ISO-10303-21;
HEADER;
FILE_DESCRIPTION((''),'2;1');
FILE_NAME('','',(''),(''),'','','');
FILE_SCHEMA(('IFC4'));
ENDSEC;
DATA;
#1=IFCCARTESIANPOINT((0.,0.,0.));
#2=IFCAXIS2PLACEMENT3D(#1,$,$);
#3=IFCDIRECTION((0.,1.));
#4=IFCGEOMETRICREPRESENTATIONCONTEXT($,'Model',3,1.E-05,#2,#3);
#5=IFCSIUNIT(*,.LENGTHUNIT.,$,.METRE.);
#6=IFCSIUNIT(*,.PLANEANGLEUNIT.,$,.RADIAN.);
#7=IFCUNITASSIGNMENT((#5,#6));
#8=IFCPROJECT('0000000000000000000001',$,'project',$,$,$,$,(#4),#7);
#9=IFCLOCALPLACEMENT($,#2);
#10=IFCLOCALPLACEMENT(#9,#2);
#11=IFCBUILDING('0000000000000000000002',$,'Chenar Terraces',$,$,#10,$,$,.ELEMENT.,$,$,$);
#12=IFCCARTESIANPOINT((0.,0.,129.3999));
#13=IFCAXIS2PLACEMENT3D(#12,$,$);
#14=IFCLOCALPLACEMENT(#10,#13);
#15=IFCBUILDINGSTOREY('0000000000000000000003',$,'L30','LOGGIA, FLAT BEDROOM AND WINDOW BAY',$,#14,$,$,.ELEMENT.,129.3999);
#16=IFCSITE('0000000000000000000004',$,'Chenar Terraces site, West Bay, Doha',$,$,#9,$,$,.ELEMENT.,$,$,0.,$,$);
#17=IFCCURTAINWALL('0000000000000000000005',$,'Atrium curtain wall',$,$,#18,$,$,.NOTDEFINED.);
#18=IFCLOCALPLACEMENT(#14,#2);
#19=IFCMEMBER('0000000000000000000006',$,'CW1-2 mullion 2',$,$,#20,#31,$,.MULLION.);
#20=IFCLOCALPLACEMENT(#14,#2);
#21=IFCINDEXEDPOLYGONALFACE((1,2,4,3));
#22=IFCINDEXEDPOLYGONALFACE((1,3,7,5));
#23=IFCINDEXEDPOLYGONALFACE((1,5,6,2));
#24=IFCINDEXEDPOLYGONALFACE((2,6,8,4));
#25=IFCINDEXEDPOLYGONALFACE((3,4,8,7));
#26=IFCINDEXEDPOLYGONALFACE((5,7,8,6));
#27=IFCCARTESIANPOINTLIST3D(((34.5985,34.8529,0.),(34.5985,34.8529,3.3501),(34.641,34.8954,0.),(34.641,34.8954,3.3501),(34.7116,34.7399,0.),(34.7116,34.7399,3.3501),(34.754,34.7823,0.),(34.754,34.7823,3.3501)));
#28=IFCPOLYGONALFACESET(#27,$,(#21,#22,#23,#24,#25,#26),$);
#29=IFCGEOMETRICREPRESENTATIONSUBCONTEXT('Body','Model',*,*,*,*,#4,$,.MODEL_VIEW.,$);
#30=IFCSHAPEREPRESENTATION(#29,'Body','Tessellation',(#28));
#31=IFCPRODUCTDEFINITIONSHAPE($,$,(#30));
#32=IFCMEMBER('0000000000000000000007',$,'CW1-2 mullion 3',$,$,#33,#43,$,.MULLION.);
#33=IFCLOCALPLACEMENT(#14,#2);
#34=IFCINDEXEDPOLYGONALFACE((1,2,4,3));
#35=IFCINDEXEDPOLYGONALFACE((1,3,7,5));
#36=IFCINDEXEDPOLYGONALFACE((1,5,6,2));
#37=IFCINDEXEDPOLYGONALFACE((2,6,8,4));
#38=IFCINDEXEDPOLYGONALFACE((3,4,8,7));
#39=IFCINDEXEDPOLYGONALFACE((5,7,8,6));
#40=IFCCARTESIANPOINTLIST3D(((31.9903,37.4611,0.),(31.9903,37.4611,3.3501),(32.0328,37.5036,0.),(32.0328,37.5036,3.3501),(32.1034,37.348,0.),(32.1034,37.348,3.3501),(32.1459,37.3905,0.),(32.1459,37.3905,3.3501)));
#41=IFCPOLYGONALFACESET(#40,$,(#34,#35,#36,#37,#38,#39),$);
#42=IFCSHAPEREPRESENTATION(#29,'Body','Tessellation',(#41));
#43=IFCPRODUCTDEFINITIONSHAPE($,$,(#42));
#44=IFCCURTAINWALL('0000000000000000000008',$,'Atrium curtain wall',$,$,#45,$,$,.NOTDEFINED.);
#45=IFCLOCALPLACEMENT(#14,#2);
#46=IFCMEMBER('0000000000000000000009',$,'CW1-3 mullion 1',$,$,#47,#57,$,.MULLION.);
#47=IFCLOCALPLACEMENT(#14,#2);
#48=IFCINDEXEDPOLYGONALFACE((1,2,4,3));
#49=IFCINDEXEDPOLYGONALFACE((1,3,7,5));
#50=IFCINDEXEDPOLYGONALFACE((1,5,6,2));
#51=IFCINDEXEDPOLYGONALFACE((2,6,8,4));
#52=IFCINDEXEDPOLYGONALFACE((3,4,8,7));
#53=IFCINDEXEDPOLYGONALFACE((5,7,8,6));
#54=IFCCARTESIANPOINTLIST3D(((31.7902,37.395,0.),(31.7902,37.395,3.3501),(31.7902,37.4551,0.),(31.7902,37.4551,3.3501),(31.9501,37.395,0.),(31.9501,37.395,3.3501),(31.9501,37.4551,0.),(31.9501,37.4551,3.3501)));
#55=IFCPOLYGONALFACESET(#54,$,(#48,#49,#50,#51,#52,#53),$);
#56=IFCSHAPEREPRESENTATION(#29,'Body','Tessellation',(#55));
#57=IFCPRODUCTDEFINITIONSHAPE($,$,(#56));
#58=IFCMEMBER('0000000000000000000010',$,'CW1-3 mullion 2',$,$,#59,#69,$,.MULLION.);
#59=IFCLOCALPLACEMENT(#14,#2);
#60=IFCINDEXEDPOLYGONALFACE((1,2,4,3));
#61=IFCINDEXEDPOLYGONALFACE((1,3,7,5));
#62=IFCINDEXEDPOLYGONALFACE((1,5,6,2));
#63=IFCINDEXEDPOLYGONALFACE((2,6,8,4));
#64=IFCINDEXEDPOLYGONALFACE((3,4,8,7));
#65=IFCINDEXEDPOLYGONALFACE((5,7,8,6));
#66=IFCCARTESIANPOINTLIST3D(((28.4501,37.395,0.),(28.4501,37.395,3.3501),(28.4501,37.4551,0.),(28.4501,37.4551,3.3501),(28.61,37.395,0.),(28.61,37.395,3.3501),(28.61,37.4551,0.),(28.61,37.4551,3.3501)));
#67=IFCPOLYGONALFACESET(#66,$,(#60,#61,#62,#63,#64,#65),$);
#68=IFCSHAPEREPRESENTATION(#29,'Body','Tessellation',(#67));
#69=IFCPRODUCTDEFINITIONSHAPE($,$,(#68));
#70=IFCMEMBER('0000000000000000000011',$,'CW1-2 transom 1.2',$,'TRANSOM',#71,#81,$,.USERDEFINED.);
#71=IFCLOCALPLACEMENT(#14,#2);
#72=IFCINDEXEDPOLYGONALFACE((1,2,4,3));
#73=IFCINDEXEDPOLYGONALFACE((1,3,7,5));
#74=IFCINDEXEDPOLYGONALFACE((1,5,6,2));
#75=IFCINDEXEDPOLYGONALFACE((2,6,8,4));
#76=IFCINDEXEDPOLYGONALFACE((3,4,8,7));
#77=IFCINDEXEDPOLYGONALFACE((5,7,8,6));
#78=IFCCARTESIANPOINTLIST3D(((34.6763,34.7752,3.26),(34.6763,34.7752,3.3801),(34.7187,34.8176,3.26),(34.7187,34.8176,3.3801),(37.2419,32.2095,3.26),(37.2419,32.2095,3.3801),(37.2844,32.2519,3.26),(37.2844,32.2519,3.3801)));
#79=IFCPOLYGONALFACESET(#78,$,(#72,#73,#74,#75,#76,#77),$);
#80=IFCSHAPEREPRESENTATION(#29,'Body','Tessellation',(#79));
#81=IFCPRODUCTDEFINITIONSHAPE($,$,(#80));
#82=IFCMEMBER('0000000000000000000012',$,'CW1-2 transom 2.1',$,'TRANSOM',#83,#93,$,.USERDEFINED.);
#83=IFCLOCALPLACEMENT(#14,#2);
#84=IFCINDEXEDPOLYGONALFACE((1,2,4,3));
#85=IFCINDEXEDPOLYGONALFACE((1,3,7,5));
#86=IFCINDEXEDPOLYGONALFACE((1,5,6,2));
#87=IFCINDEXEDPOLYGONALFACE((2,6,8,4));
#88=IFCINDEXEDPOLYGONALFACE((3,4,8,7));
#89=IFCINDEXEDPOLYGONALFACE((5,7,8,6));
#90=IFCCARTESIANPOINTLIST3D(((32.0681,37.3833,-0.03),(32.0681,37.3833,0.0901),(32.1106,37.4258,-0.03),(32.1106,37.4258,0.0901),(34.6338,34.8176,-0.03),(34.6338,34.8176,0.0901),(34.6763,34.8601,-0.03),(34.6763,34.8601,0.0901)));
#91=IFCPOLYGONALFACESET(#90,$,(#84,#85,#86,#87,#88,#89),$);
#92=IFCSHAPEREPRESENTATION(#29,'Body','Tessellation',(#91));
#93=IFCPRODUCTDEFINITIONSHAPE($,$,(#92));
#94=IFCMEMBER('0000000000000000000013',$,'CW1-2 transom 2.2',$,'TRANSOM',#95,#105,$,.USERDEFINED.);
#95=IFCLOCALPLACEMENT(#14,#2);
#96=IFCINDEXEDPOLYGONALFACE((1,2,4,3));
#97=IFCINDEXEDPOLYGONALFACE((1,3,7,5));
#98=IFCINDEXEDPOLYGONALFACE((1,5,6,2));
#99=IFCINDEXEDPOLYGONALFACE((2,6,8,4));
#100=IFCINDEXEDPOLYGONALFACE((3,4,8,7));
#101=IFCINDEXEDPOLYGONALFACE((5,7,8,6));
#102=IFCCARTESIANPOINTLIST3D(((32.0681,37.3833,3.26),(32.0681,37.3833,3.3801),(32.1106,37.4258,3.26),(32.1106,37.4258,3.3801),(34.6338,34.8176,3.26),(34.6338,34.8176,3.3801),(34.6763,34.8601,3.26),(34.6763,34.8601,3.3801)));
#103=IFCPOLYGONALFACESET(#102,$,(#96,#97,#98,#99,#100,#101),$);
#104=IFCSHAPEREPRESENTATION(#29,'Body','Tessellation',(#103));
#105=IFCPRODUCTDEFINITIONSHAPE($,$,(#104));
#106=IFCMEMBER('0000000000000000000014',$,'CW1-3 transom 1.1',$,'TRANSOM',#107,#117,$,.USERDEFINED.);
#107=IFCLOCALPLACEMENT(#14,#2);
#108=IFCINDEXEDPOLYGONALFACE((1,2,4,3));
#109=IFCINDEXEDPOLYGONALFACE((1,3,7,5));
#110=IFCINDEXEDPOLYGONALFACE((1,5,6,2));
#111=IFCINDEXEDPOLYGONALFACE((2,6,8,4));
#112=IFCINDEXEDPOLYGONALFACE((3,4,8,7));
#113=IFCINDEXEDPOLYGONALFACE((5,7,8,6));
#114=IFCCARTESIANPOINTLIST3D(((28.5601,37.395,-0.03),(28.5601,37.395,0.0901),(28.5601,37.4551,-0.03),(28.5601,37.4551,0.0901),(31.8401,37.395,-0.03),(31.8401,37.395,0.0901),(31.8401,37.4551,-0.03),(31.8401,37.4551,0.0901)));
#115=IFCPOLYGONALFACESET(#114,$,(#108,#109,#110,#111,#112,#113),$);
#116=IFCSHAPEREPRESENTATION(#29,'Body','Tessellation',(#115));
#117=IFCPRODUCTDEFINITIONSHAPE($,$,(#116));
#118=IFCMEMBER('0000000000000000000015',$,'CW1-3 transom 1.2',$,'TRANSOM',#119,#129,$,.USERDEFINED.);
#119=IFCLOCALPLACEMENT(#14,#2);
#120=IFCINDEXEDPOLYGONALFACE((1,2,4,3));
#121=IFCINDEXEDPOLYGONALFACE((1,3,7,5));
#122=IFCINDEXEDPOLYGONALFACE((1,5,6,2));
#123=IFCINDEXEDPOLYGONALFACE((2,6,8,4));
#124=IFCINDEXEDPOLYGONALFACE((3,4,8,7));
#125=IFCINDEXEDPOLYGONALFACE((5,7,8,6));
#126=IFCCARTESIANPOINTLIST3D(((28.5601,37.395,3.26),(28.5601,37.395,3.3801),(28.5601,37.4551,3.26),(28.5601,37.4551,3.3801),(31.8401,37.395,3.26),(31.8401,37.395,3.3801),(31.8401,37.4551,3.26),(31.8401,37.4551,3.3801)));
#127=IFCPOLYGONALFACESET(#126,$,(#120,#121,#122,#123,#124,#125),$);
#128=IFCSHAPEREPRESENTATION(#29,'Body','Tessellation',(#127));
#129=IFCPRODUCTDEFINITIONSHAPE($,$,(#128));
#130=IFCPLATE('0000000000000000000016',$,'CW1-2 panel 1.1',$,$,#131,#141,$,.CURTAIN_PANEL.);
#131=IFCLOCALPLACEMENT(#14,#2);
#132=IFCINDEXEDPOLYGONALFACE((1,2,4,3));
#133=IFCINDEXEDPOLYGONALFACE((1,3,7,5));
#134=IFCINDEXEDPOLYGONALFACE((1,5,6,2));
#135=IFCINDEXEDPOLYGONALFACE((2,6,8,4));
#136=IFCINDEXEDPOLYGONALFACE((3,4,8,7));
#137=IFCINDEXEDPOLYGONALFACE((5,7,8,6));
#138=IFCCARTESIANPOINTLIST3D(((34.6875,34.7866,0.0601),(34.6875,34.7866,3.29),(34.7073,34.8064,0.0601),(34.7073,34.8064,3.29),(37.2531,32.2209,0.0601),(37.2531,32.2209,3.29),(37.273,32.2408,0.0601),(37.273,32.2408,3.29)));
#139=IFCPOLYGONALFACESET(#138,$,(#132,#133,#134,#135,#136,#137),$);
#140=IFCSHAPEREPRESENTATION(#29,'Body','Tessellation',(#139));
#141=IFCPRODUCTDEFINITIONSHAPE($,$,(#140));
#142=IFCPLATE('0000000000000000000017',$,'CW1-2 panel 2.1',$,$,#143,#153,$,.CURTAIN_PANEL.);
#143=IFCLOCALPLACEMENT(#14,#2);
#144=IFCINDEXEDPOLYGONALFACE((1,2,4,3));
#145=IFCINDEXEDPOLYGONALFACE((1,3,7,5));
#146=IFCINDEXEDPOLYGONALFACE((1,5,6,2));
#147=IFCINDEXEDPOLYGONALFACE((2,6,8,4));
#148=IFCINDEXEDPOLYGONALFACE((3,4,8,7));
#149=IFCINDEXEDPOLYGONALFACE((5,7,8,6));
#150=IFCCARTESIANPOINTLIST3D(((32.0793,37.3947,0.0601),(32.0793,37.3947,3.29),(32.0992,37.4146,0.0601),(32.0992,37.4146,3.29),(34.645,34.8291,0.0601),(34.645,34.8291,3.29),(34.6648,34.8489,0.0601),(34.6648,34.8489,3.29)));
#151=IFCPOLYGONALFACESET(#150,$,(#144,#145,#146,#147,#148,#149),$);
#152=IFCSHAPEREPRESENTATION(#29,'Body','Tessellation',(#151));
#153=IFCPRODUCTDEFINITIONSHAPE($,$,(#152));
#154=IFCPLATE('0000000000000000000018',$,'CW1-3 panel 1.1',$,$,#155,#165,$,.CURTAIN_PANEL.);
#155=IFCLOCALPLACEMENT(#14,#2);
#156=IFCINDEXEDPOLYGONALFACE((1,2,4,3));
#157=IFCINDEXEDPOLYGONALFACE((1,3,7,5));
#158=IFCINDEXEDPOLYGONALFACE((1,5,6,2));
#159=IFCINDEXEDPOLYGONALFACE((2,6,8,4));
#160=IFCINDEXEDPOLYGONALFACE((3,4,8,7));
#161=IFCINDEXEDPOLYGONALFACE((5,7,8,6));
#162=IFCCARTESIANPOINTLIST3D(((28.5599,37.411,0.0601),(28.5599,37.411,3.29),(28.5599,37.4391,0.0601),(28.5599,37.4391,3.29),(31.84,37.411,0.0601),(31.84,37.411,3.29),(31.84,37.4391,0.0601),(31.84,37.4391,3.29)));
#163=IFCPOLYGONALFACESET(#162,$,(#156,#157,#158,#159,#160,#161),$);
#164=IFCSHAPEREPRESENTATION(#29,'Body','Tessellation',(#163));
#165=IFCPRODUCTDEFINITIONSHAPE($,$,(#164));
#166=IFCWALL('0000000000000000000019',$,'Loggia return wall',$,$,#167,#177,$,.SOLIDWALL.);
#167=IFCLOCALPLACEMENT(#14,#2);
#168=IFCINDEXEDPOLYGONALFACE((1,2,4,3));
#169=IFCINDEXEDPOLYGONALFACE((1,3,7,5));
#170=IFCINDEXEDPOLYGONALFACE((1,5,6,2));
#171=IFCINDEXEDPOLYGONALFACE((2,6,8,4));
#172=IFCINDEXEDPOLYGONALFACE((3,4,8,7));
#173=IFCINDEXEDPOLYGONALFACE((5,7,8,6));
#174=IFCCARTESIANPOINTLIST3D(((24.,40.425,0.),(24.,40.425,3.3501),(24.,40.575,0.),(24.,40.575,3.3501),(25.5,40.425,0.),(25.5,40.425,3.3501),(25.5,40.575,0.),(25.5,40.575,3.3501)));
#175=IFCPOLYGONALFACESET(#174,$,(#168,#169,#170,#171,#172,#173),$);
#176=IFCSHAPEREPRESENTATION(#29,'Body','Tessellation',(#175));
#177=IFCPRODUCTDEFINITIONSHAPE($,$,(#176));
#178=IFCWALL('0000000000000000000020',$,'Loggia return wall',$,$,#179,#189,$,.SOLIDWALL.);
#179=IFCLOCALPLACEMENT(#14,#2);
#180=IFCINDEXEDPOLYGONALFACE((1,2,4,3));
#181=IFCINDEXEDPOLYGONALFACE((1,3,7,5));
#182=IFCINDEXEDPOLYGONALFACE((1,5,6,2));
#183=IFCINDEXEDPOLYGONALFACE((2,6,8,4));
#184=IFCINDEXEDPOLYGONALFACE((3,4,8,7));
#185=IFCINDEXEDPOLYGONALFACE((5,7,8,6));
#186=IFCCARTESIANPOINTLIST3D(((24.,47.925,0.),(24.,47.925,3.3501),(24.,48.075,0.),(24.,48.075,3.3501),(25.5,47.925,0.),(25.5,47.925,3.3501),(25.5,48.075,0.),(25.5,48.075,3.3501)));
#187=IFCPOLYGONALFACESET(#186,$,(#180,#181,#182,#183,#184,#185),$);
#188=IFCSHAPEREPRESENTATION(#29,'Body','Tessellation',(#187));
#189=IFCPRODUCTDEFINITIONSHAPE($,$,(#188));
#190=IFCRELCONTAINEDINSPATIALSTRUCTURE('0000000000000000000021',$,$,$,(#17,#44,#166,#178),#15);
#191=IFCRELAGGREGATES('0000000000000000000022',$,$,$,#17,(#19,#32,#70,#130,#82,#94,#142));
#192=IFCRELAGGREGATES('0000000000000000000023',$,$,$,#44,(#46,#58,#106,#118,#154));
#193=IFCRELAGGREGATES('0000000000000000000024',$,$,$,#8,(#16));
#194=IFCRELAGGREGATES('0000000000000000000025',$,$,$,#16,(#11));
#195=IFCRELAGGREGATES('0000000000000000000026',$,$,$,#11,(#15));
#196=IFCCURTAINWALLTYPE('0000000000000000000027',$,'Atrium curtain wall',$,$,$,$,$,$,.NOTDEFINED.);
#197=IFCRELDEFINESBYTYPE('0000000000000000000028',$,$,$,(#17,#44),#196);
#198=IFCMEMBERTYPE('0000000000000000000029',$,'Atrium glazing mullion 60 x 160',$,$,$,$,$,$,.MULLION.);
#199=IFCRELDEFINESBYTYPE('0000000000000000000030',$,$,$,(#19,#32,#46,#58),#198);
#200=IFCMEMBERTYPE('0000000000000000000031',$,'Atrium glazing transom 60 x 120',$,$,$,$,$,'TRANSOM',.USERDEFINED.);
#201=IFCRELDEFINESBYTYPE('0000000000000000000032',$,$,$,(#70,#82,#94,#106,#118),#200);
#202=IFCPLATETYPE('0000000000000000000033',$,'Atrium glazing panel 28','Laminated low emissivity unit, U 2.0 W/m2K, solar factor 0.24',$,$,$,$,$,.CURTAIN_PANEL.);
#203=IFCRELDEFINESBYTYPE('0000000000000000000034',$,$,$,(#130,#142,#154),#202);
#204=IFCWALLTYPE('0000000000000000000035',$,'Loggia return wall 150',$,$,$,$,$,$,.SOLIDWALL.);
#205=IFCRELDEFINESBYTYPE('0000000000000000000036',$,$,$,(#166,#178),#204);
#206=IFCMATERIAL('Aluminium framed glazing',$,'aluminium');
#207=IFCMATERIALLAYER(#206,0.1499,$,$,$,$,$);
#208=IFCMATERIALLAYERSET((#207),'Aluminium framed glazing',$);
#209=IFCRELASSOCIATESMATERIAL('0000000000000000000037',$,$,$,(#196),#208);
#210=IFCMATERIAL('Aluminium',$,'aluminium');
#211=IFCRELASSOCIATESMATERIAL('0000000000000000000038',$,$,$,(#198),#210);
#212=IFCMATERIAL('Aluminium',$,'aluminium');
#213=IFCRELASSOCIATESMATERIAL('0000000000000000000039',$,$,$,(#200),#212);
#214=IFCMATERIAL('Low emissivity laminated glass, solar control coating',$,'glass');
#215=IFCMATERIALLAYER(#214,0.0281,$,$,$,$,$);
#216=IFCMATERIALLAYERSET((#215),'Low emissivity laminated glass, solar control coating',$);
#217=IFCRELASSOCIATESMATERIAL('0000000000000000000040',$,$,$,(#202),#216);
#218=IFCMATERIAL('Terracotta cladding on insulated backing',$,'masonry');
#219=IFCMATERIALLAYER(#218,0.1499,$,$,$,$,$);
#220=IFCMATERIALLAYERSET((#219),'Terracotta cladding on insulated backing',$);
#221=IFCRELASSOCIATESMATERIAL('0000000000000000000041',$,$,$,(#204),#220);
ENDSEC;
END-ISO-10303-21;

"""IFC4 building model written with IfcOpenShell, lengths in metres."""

from ifc_helpers import new_model, si_unit, direction, frame, frame_2d, origin, origin_2d, place, context, subcontext, project, spatial, rectangle, extrude, material, layer, layer_set, material_profile, profile_set, type_object, element, aggregate, save


model = new_model("IFC4")

# Units and contexts
model_context = context("Model", 3, precision=1e-05, world=origin(), true_north=direction((0.0, 1.0)))
body_context = subcontext(model_context, "Body", "Model", "MODEL_VIEW")
ifc_project = project(units=[si_unit("LENGTHUNIT", "METRE"), si_unit("PLANEANGLEUNIT", "RADIAN")], contexts=[model_context])

# Site, building, storey
site_placement = place(None, origin())
site = spatial("IfcSite", under=ifc_project, at=site_placement, Name="Chenar Terraces site, West Bay, Doha", CompositionType="ELEMENT", RefElevation=0.0)
building_placement = place(site_placement, origin())
building = spatial("IfcBuilding", under=site, at=building_placement, Name="Chenar Terraces", CompositionType="ELEMENT")
storey_placement = place(building_placement, frame((0.0, 0.0, 129.3999)))
storey = spatial("IfcBuildingStorey", under=building, at=storey_placement, Name="L30", Description="LOGGIA, FLAT BEDROOM AND WINDOW BAY", CompositionType="ELEMENT", Elevation=129.3999)

# Curtain walls, members
ifc_material_1 = material(Name="Aluminium framed glazing", Category="aluminium")
ifc_layer_1 = layer(ifc_material_1, 0.1499)
ifc_layer_set_1 = layer_set([ifc_layer_1], Name="Aluminium framed glazing")
curtain_wall_type = type_object("IfcCurtainWallType", Name="Atrium curtain wall", PredefinedType="NOTDEFINED", material=ifc_layer_set_1)
placement = place(storey_placement, origin())
curtain_wall_1 = element("IfcCurtainWall", 1, at=placement, inside=storey, type_object=curtain_wall_type, Name="Atrium curtain wall", PredefinedType="NOTDEFINED")
ifc_material_2 = material(Name="Aluminium", Category="aluminium")
ifc_material_profile_1 = material_profile(ifc_material_2, rectangle(XDim=0.0601, YDim=0.1599, at=origin_2d()), Name="Atrium glazing mullion 60 x 160")
ifc_profile_set_1 = profile_set([ifc_material_profile_1], Name="Aluminium")
member_type_1 = type_object("IfcMemberType", Name="Atrium glazing mullion 60 x 160", PredefinedType="MULLION", material=ifc_profile_set_1)
member_1_placement = place(storey_placement, frame((34.6763, 34.8176, 0.0), z_axis=(0.0, 0.0, 1.0), x_axis=(-0.707107, -0.707107, 0.0)))
member_1 = element("IfcMember", 2, at=member_1_placement, type_object=member_type_1, Name="CW1-2 mullion 2", PredefinedType="MULLION", context=body_context, shape_type="SweptSolid", body=[
    extrude(rectangle(XDim=0.0601, YDim=0.1599, at=origin_2d()), origin(), (0.0, 0.0, 1.0), 3.3501),
])
member_2_placement = place(storey_placement, frame((32.0681, 37.4258, 0.0), z_axis=(0.0, 0.0, 1.0), x_axis=(-0.707107, -0.707107, 0.0)))
member_2 = element("IfcMember", 3, at=member_2_placement, type_object=member_type_1, Name="CW1-2 mullion 3", PredefinedType="MULLION", context=body_context, shape_type="SweptSolid", body=[
    extrude(rectangle(XDim=0.0601, YDim=0.1599, at=origin_2d()), origin(), (0.0, 0.0, 1.0), 3.3501),
])
curtain_wall_2 = element("IfcCurtainWall", 4, at=placement, inside=storey, type_object=curtain_wall_type, Name="Atrium curtain wall", PredefinedType="NOTDEFINED")
member_3_placement = place(storey_placement, frame((31.8701, 37.425, 0.0), z_axis=(0.0, 0.0, 1.0), x_axis=(0.0, -1.0, 0.0)))
member_3 = element("IfcMember", 5, at=member_3_placement, type_object=member_type_1, Name="CW1-3 mullion 1", PredefinedType="MULLION", context=body_context, shape_type="SweptSolid", body=[
    extrude(rectangle(XDim=0.0601, YDim=0.1599, at=origin_2d()), origin(), (0.0, 0.0, 1.0), 3.3501),
])
member_4_placement = place(storey_placement, frame((28.53, 37.425, 0.0), z_axis=(0.0, 0.0, 1.0), x_axis=(0.0, -1.0, 0.0)))
member_4 = element("IfcMember", 6, at=member_4_placement, type_object=member_type_1, Name="CW1-3 mullion 2", PredefinedType="MULLION", context=body_context, shape_type="SweptSolid", body=[
    extrude(rectangle(XDim=0.0601, YDim=0.1599, at=origin_2d()), origin(), (0.0, 0.0, 1.0), 3.3501),
])

# Members
ifc_material_3 = material(Name="Aluminium", Category="aluminium")
ifc_material_profile_2 = material_profile(ifc_material_3, rectangle(XDim=0.0601, YDim=0.1201, at=origin_2d()), Name="Atrium glazing transom 60 x 120")
ifc_profile_set_2 = profile_set([ifc_material_profile_2], Name="Aluminium")
member_type_2 = type_object("IfcMemberType", Name="Atrium glazing transom 60 x 120", ElementType="TRANSOM", PredefinedType="USERDEFINED", material=ifc_profile_set_2)
member_5_placement = place(storey_placement, frame((37.2632, 32.2307, 3.3201), z_axis=(-0.707107, 0.707107, 0.0), x_axis=(-0.707107, -0.707107, 0.0)))
member_5 = element("IfcMember", 7, at=member_5_placement, type_object=member_type_2, Name="CW1-2 transom 1.2", ObjectType="TRANSOM", PredefinedType="USERDEFINED", context=body_context, shape_type="SweptSolid", body=[
    extrude(rectangle(XDim=0.0601, YDim=0.1201, at=origin_2d()), origin(), (0.0, 0.0, 1.0), 3.6284),
])
member_6_placement = place(storey_placement, frame((34.655, 34.8389, 0.03), z_axis=(-0.707107, 0.707107, 0.0), x_axis=(-0.707107, -0.707107, 0.0)))
member_6 = element("IfcMember", 8, at=member_6_placement, type_object=member_type_2, Name="CW1-2 transom 2.1", ObjectType="TRANSOM", PredefinedType="USERDEFINED", context=body_context, shape_type="SweptSolid", body=[
    extrude(rectangle(XDim=0.0601, YDim=0.1201, at=origin_2d()), origin(), (0.0, 0.0, 1.0), 3.6284),
])
member_7_placement = place(storey_placement, frame((34.655, 34.8389, 3.3201), z_axis=(-0.707107, 0.707107, 0.0), x_axis=(-0.707107, -0.707107, 0.0)))
member_7 = element("IfcMember", 9, at=member_7_placement, type_object=member_type_2, Name="CW1-2 transom 2.2", ObjectType="TRANSOM", PredefinedType="USERDEFINED", context=body_context, shape_type="SweptSolid", body=[
    extrude(rectangle(XDim=0.0601, YDim=0.1201, at=origin_2d()), origin(), (0.0, 0.0, 1.0), 3.6284),
])
member_8_placement = place(storey_placement, frame((31.8401, 37.425, 0.03), z_axis=(-1.0, 0.0, 0.0), x_axis=(0.0, -1.0, 0.0)))
member_8 = element("IfcMember", 10, at=member_8_placement, type_object=member_type_2, Name="CW1-3 transom 1.1", ObjectType="TRANSOM", PredefinedType="USERDEFINED", context=body_context, shape_type="SweptSolid", body=[
    extrude(rectangle(XDim=0.0601, YDim=0.1201, at=origin_2d()), origin(), (0.0, 0.0, 1.0), 3.28),
])
member_9_placement = place(storey_placement, frame((31.8401, 37.425, 3.3201), z_axis=(-1.0, 0.0, 0.0), x_axis=(0.0, -1.0, 0.0)))
member_9 = element("IfcMember", 11, at=member_9_placement, type_object=member_type_2, Name="CW1-3 transom 1.2", ObjectType="TRANSOM", PredefinedType="USERDEFINED", context=body_context, shape_type="SweptSolid", body=[
    extrude(rectangle(XDim=0.0601, YDim=0.1201, at=origin_2d()), origin(), (0.0, 0.0, 1.0), 3.28),
])

# Plates
ifc_material_4 = material(Name="Low emissivity laminated glass, solar control coating", Category="glass")
ifc_layer_2 = layer(ifc_material_4, 0.0281)
ifc_layer_set_2 = layer_set([ifc_layer_2], Name="Low emissivity laminated glass, solar control coating")
plate_type = type_object("IfcPlateType", Name="Atrium glazing panel 28", Description="Laminated low emissivity unit, U 2.0 W/m2K, solar factor 0.24", PredefinedType="CURTAIN_PANEL", material=ifc_layer_set_2)
plate_1_placement = place(storey_placement, frame((35.9802, 33.5137, 0.0601), z_axis=(0.0, 0.0, 1.0), x_axis=(-0.707107, 0.707107, 0.0)))
plate_1 = element("IfcPlate", 12, at=plate_1_placement, type_object=plate_type, Name="CW1-2 panel 1.1", PredefinedType="CURTAIN_PANEL", context=body_context, shape_type="SweptSolid", body=[
    extrude(rectangle(XDim=3.6284, YDim=0.0281, at=origin_2d()), origin(), (0.0, 0.0, 1.0), 3.23),
])
plate_2_placement = place(storey_placement, frame((33.3721, 36.1218, 0.0601), z_axis=(0.0, 0.0, 1.0), x_axis=(-0.707107, 0.707107, 0.0)))
plate_2 = element("IfcPlate", 13, at=plate_2_placement, type_object=plate_type, Name="CW1-2 panel 2.1", PredefinedType="CURTAIN_PANEL", context=body_context, shape_type="SweptSolid", body=[
    extrude(rectangle(XDim=3.6284, YDim=0.0281, at=origin_2d()), origin(), (0.0, 0.0, 1.0), 3.23),
])
aggregate(curtain_wall_1, [member_1, member_2, member_5, plate_1, member_6, member_7, plate_2])
plate_3_placement = place(storey_placement, frame((30.2, 37.425, 0.0601), z_axis=(0.0, 0.0, 1.0), x_axis=(-1.0, 0.0, 0.0)))
plate_3 = element("IfcPlate", 14, at=plate_3_placement, type_object=plate_type, Name="CW1-3 panel 1.1", PredefinedType="CURTAIN_PANEL", context=body_context, shape_type="SweptSolid", body=[
    extrude(rectangle(XDim=3.28, YDim=0.0281, at=origin_2d()), origin(), (0.0, 0.0, 1.0), 3.23),
])
aggregate(curtain_wall_2, [member_3, member_4, member_8, member_9, plate_3])

# Walls
ifc_material_5 = material(Name="Terracotta cladding on insulated backing", Category="masonry")
ifc_layer_3 = layer(ifc_material_5, 0.1499)
ifc_layer_set_3 = layer_set([ifc_layer_3], Name="Terracotta cladding on insulated backing")
wall_type_1 = type_object("IfcWallType", Name="Loggia return wall 150", PredefinedType="SOLIDWALL", material=ifc_layer_set_3)
for number, where, z_axis, x_axis, name in (
    (15, (25.5, 40.5, 0.0), (0.0, 0.0, 1.0), (-1.0, 0.0, 0.0), "Loggia return wall"),
    (16, (25.5, 48.0, 0.0), (0.0, 0.0, 1.0), (-1.0, 0.0, 0.0), "Loggia return wall"),
):
    element("IfcWall", number, at=place(storey_placement, frame(where, z_axis=z_axis, x_axis=x_axis)), inside=storey, type_object=wall_type_1, Name=name, PredefinedType="SOLIDWALL", context=body_context, shape_type="SweptSolid", body=[
        extrude(rectangle(XDim=1.5, YDim=0.1499, at=frame_2d((0.75, 0.0))), origin(), (0.0, 0.0, 1.0), 3.3501),
    ])

save(model, "model.ifc")
